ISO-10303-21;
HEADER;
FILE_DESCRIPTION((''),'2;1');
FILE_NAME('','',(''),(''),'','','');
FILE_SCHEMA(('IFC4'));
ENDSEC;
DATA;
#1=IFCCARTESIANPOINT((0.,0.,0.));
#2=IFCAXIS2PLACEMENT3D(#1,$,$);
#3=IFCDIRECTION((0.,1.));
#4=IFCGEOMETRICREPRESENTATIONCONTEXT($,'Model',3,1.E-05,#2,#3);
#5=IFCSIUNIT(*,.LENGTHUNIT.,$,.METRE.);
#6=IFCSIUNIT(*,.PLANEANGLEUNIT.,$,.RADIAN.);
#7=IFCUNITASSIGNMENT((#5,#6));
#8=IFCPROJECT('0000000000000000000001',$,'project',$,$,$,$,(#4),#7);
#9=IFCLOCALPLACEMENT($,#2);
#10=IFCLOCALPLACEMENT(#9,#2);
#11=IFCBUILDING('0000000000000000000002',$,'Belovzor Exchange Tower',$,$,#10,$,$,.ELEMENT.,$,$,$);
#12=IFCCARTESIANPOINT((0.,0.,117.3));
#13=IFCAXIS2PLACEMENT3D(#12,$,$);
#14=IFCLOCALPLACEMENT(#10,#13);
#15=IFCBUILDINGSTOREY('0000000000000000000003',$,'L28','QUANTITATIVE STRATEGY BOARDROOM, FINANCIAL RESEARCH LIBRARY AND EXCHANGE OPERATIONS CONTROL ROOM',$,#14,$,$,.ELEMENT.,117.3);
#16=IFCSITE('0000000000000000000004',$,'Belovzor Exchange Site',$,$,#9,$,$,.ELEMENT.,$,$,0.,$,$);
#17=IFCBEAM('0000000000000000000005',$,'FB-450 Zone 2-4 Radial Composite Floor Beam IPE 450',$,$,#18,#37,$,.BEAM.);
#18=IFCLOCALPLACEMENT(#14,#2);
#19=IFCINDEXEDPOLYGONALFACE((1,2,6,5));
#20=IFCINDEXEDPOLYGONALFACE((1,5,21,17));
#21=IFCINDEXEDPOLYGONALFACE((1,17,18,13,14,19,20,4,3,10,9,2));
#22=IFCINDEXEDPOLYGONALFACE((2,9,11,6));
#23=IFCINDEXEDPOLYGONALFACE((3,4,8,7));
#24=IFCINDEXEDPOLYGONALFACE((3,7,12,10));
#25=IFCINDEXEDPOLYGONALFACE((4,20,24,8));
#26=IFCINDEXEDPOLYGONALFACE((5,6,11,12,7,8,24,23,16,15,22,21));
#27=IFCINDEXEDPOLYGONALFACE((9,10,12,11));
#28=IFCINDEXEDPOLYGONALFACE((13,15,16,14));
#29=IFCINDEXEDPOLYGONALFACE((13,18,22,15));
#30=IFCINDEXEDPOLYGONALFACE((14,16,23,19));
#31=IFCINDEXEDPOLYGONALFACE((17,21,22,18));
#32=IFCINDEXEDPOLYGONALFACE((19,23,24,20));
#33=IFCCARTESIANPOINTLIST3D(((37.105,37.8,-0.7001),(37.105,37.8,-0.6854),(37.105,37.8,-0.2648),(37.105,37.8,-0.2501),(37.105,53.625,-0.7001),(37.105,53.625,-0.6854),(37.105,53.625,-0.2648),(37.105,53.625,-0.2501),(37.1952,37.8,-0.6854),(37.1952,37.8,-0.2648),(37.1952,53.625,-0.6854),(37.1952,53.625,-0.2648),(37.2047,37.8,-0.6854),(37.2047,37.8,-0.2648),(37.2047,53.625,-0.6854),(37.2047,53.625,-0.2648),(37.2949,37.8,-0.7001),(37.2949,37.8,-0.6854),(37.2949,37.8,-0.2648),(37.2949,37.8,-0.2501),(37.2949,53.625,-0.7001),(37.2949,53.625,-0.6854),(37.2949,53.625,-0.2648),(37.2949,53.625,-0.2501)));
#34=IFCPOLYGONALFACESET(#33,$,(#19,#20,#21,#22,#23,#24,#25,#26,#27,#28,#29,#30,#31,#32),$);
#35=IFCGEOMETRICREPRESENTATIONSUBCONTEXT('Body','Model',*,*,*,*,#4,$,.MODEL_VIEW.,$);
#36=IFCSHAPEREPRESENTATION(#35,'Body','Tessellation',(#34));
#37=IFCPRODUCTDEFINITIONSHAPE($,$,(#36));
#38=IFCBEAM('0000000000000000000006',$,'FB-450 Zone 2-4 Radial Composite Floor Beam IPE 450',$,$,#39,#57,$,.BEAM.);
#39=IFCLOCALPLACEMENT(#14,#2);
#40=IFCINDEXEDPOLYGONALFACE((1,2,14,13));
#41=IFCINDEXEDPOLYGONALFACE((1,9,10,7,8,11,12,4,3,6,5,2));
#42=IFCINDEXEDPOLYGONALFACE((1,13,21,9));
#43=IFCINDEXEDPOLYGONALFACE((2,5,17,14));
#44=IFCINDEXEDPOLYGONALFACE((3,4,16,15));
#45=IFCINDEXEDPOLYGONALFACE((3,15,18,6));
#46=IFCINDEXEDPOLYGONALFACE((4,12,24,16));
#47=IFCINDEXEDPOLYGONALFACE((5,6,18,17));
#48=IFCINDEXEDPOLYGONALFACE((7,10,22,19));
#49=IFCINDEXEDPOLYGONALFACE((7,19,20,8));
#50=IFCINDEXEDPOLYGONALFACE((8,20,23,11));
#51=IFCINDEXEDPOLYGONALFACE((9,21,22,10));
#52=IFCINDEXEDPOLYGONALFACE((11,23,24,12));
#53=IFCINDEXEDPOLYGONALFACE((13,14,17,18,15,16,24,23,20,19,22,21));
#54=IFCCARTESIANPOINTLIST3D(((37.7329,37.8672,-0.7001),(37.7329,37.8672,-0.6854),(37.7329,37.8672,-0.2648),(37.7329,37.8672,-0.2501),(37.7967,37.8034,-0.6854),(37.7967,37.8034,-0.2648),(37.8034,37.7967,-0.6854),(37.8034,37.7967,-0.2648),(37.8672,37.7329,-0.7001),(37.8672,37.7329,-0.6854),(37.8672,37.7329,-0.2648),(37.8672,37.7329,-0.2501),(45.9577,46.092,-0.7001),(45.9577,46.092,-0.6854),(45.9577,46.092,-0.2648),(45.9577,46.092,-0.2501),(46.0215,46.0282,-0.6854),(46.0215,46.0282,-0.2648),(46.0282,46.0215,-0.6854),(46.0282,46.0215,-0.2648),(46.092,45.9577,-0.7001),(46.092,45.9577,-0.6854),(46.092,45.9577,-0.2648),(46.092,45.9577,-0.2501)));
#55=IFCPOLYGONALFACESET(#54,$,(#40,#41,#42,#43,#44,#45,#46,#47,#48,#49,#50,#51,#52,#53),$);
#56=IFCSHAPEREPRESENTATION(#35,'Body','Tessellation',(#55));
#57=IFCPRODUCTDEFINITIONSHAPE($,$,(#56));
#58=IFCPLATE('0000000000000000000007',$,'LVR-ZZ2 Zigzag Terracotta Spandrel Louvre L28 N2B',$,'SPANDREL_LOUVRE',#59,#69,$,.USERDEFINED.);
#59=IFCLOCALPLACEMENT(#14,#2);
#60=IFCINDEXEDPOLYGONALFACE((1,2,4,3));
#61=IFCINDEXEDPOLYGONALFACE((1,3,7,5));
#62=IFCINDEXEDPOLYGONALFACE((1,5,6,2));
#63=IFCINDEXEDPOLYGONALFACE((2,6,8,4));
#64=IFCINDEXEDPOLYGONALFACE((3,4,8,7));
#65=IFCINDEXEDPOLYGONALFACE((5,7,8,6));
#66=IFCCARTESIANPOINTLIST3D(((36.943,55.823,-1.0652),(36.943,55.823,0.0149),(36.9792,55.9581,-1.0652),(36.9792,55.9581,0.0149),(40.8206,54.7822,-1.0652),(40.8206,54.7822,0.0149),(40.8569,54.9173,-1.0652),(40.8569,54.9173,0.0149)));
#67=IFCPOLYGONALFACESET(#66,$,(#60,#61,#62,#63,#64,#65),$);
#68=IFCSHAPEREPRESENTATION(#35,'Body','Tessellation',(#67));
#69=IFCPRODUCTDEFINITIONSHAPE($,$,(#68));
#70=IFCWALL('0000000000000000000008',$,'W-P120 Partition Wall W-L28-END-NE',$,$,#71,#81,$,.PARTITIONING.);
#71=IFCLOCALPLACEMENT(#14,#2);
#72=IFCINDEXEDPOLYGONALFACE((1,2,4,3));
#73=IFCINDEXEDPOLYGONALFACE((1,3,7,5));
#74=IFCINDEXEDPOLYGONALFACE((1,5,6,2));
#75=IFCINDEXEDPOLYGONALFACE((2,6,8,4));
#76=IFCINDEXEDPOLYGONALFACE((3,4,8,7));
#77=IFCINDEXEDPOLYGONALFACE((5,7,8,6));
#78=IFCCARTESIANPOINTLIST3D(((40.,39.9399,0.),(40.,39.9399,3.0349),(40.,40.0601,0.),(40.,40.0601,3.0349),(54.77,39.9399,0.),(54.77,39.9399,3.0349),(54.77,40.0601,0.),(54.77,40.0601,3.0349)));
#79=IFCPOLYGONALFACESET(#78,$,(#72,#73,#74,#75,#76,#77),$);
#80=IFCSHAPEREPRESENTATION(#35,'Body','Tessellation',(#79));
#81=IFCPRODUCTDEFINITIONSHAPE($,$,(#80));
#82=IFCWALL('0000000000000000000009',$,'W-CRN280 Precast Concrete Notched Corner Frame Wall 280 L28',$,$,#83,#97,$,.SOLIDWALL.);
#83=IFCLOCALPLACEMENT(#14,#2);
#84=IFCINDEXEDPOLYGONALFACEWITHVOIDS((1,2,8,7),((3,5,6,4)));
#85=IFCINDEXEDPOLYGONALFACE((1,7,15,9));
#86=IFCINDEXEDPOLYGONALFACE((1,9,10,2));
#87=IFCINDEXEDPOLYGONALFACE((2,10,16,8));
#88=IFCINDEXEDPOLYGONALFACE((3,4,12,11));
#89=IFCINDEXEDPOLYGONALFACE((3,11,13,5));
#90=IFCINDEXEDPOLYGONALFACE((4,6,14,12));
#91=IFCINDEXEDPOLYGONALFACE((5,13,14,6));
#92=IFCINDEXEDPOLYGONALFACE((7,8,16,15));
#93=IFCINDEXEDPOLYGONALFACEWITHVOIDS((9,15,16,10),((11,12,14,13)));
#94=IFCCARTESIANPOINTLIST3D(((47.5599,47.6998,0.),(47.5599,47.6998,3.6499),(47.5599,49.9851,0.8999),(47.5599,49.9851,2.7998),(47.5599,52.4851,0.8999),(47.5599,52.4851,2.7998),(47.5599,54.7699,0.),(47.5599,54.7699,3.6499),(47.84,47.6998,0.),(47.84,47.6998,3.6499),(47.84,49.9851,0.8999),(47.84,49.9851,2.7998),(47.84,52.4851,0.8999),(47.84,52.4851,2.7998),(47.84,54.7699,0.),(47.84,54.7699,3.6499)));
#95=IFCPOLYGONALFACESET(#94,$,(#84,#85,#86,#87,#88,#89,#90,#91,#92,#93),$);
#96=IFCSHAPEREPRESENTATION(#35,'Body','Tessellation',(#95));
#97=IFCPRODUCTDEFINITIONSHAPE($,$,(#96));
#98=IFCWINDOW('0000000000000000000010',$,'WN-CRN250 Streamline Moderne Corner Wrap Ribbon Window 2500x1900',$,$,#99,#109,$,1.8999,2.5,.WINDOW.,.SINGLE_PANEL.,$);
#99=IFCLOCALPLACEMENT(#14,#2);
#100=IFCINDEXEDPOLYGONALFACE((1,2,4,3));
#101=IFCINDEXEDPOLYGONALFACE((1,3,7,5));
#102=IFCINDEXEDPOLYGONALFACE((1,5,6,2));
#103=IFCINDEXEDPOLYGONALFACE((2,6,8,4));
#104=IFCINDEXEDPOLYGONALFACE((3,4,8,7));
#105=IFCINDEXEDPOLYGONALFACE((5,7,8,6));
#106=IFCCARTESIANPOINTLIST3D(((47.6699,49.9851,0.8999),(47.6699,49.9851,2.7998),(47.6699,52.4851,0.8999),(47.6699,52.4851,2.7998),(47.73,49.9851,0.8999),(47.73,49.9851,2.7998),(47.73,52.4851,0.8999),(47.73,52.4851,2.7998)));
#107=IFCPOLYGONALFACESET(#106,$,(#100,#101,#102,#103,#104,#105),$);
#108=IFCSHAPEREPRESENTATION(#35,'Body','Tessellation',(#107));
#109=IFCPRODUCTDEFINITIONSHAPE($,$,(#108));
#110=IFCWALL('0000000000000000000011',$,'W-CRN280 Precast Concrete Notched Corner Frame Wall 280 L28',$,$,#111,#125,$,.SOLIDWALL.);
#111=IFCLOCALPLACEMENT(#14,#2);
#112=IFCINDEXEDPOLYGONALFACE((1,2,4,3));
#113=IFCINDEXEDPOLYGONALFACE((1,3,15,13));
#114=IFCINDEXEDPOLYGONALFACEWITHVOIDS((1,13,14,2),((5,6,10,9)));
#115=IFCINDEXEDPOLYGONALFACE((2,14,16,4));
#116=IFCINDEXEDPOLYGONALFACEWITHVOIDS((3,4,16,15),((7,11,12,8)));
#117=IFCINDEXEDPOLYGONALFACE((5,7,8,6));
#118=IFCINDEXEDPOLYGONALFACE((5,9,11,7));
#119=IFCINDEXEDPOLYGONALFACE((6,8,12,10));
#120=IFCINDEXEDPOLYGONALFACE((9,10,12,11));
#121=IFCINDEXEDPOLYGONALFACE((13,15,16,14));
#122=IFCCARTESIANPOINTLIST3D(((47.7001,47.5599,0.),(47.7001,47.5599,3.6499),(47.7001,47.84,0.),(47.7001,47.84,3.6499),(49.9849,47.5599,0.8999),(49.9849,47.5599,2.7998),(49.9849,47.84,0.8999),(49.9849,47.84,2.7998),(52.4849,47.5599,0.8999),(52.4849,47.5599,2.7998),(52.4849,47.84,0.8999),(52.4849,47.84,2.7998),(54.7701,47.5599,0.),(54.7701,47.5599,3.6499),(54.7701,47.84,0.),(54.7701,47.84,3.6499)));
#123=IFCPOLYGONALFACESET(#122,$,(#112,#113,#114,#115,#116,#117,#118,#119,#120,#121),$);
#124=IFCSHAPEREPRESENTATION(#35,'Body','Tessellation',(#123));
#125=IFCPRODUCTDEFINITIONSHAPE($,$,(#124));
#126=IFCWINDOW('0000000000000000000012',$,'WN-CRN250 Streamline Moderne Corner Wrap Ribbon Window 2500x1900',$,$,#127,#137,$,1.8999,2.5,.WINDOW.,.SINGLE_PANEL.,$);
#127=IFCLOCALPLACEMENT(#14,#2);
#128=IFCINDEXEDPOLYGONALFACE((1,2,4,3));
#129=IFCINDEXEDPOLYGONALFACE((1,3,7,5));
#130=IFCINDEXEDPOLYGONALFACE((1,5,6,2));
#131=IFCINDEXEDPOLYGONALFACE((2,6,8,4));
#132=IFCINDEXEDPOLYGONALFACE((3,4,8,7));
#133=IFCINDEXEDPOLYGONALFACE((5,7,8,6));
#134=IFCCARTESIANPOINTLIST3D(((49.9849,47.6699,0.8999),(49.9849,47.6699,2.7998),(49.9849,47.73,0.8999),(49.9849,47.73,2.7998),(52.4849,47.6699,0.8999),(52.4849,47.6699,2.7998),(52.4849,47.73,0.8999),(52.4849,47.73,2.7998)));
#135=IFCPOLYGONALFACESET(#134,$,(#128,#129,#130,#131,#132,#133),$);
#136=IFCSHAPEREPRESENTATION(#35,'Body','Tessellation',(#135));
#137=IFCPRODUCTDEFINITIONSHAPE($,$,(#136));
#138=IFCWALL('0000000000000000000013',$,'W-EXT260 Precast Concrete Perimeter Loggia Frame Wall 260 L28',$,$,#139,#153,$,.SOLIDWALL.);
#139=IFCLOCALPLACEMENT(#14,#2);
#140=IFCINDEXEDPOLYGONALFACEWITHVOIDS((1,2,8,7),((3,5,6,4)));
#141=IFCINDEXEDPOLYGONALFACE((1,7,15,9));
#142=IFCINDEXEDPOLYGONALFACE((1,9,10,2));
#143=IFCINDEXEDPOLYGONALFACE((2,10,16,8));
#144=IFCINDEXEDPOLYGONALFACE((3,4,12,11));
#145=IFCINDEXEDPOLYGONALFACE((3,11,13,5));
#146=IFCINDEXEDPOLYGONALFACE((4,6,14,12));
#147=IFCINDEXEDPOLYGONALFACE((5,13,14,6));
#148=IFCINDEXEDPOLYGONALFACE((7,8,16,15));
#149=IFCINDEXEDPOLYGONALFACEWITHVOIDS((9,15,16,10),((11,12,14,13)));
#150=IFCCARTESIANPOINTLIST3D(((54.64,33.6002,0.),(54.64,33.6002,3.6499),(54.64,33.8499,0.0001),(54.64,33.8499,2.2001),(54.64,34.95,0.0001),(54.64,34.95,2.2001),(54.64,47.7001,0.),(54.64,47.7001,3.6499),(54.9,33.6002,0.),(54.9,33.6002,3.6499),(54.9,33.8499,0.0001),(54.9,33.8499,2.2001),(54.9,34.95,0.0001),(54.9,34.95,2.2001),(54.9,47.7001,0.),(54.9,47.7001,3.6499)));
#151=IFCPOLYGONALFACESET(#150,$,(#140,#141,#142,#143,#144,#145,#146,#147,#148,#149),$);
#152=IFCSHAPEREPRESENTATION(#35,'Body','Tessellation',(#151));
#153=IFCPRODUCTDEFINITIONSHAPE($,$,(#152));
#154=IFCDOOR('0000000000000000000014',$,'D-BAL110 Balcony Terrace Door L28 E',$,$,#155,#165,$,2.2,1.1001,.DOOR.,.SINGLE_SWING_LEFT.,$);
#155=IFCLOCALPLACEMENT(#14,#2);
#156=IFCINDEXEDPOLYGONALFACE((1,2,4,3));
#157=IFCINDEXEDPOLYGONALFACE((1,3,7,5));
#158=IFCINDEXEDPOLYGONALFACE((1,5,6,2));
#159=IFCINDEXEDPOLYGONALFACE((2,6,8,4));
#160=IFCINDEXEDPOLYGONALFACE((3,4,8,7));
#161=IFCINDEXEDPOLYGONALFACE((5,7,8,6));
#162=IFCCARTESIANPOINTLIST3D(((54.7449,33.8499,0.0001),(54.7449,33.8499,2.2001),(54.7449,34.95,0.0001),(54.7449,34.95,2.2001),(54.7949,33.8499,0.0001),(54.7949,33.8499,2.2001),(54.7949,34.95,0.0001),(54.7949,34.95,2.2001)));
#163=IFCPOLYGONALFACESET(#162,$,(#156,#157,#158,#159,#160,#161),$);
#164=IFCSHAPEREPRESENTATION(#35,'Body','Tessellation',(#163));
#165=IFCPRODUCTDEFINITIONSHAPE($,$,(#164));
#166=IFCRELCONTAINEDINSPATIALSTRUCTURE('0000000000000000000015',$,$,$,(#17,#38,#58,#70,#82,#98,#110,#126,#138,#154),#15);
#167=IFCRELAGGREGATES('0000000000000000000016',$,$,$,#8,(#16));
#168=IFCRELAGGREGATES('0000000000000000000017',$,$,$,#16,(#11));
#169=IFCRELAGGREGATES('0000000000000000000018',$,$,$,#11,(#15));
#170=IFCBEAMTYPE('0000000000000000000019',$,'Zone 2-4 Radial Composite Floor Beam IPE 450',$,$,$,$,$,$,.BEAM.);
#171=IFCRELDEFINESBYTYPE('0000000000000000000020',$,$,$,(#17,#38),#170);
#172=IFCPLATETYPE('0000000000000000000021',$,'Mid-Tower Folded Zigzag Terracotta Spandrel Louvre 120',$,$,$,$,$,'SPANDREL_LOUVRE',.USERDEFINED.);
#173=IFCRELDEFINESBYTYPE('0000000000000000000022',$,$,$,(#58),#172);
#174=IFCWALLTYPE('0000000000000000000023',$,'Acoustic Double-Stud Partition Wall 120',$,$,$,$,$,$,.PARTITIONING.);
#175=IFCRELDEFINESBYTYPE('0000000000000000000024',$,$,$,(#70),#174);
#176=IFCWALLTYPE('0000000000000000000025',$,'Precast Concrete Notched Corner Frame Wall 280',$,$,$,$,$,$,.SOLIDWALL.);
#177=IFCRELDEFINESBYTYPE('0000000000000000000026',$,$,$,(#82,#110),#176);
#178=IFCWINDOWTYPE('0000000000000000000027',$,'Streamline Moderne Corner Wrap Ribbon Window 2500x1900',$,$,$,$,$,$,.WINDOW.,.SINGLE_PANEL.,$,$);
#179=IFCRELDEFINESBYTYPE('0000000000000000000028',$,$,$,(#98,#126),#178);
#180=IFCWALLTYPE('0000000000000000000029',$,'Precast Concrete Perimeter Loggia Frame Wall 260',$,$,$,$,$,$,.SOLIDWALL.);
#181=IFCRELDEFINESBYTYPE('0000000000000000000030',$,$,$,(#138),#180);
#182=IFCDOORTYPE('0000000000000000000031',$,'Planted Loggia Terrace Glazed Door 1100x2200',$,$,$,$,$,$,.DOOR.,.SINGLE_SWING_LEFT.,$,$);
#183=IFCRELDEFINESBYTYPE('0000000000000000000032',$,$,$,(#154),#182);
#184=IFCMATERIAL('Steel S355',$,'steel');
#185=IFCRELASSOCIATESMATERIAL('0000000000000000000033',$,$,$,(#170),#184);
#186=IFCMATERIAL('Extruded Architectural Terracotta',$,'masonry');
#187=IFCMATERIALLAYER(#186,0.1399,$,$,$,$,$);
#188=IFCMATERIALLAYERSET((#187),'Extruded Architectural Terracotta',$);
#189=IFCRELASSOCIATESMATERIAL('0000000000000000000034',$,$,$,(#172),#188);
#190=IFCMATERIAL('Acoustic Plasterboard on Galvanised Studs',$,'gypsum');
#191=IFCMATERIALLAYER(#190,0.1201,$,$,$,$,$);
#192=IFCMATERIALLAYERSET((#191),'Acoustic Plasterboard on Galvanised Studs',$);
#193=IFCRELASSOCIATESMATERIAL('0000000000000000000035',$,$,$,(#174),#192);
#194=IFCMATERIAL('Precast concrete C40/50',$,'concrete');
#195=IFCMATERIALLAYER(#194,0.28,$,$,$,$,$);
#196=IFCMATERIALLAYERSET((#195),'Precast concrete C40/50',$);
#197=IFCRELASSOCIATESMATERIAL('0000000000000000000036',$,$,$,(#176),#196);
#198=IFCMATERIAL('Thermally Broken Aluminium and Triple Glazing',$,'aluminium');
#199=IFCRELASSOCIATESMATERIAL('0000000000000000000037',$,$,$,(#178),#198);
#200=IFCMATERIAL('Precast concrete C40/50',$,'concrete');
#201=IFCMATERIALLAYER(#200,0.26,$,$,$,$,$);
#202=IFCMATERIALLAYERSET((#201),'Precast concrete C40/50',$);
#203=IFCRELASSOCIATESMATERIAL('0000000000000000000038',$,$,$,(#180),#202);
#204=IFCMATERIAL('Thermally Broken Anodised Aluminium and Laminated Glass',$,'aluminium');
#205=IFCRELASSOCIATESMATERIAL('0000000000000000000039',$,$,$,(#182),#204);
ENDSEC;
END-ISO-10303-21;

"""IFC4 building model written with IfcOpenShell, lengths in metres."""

from ifc_helpers import new_model, si_unit, direction, frame, frame_2d, origin, origin_2d, place, context, subcontext, project, spatial, rectangle, i_section, extrude, material, layer, layer_set, material_profile, profile_set, type_object, element, fill, save


model = new_model("IFC4")

# Units and contexts
model_context = context("Model", 3, precision=1e-05, world=origin(), true_north=direction((0.0, 1.0)))
body_context = subcontext(model_context, "Body", "Model", "MODEL_VIEW")
ifc_project = project(units=[si_unit("LENGTHUNIT", "METRE"), si_unit("PLANEANGLEUNIT", "RADIAN")], contexts=[model_context])

# Site, building, storey
site_placement = place(None, origin())
site = spatial("IfcSite", under=ifc_project, at=site_placement, Name="Belovzor Exchange Site", CompositionType="ELEMENT", RefElevation=0.0)
building_placement = place(site_placement, origin())
building = spatial("IfcBuilding", under=site, at=building_placement, Name="Belovzor Exchange Tower", CompositionType="ELEMENT")
storey_placement = place(building_placement, frame((0.0, 0.0, 117.3)))
storey = spatial("IfcBuildingStorey", under=building, at=storey_placement, Name="L28", Description="QUANTITATIVE STRATEGY BOARDROOM, FINANCIAL RESEARCH LIBRARY AND EXCHANGE OPERATIONS CONTROL ROOM", CompositionType="ELEMENT", Elevation=117.3)

# Beams
ifc_material_1 = material(Name="Steel S355", Category="steel")
ifc_material_profile_1 = material_profile(ifc_material_1, i_section(OverallWidth=0.1899, OverallDepth=0.45, WebThickness=0.0095, FlangeThickness=0.0146, at=origin_2d()))
ifc_profile_set_1 = profile_set([ifc_material_profile_1], Name="Steel S355")
beam_type_1 = type_object("IfcBeamType", Name="Zone 2-4 Radial Composite Floor Beam IPE 450", PredefinedType="BEAM", material=ifc_profile_set_1)
beam_1_placement = place(storey_placement, frame((37.2, 37.8, -0.4751), z_axis=(0.0, 1.0, 0.0), x_axis=(-1.0, 0.0, 0.0)))
element("IfcBeam", 1, at=beam_1_placement, inside=storey, type_object=beam_type_1, Name="FB-450 Zone 2-4 Radial Composite Floor Beam IPE 450", PredefinedType="BEAM", context=body_context, shape_type="SweptSolid", body=[
    extrude(i_section(OverallWidth=0.1899, OverallDepth=0.45, WebThickness=0.0095, FlangeThickness=0.0146, at=origin_2d()), origin(), (0.0, 0.0, 1.0), 15.825),
])
beam_2_placement = place(storey_placement, frame((37.8, 37.8, -0.4751), z_axis=(0.707107, 0.707107, 0.0), x_axis=(-0.707107, 0.707107, 0.0)))
element("IfcBeam", 2, at=beam_2_placement, inside=storey, type_object=beam_type_1, Name="FB-450 Zone 2-4 Radial Composite Floor Beam IPE 450", PredefinedType="BEAM", context=body_context, shape_type="SweptSolid", body=[
    extrude(i_section(OverallWidth=0.1899, OverallDepth=0.45, WebThickness=0.0095, FlangeThickness=0.0146, at=origin_2d()), origin(), (0.0, 0.0, 1.0), 11.6316),
])

# Plate
ifc_material_2 = material(Name="Extruded Architectural Terracotta", Category="masonry")
ifc_layer_1 = layer(ifc_material_2, 0.1399)
ifc_layer_set_1 = layer_set([ifc_layer_1], Name="Extruded Architectural Terracotta")
plate_type = type_object("IfcPlateType", Name="Mid-Tower Folded Zigzag Terracotta Spandrel Louvre 120", ElementType="SPANDREL_LOUVRE", PredefinedType="USERDEFINED", material=ifc_layer_set_1)
plate_placement = place(storey_placement, frame((38.8999, 55.3701, -1.0652), z_axis=(0.0, 0.0, 1.0), x_axis=(0.965813, -0.25924, 0.0)))
element("IfcPlate", 3, at=plate_placement, inside=storey, type_object=plate_type, Name="LVR-ZZ2 Zigzag Terracotta Spandrel Louvre L28 N2B", ObjectType="SPANDREL_LOUVRE", PredefinedType="USERDEFINED", context=body_context, shape_type="SweptSolid", body=[
    extrude(rectangle(XDim=4.0149, YDim=0.1399, at=origin_2d()), origin(), (0.0, 0.0, 1.0), 1.0801),
])

# Wall
ifc_material_3 = material(Name="Acoustic Plasterboard on Galvanised Studs", Category="gypsum")
ifc_layer_2 = layer(ifc_material_3, 0.1201)
ifc_layer_set_2 = layer_set([ifc_layer_2], Name="Acoustic Plasterboard on Galvanised Studs")
wall_type_1 = type_object("IfcWallType", Name="Acoustic Double-Stud Partition Wall 120", PredefinedType="PARTITIONING", material=ifc_layer_set_2)
wall_1_placement = place(storey_placement, frame((40.0, 40.0, 0.0), z_axis=(0.0, 0.0, 1.0), x_axis=(1.0, 0.0, 0.0)))
element("IfcWall", 4, at=wall_1_placement, inside=storey, type_object=wall_type_1, Name="W-P120 Partition Wall W-L28-END-NE", PredefinedType="PARTITIONING", context=body_context, shape_type="SweptSolid", body=[
    extrude(rectangle(XDim=14.77, YDim=0.1201, at=frame_2d((7.385, 0.0))), origin(), (0.0, 0.0, 1.0), 3.0349),
])

# Walls, openings, windows
ifc_material_4 = material(Name="Precast concrete C40/50", Category="concrete")
ifc_layer_3 = layer(ifc_material_4, 0.28)
ifc_layer_set_3 = layer_set([ifc_layer_3], Name="Precast concrete C40/50")
wall_type_2 = type_object("IfcWallType", Name="Precast Concrete Notched Corner Frame Wall 280", PredefinedType="SOLIDWALL", material=ifc_layer_set_3)
wall_2_placement = place(storey_placement, frame((47.7, 54.77, 0.0), z_axis=(0.0, 0.0, 1.0), x_axis=(0.0, -1.0, 0.0)))
wall_2 = element("IfcWall", 5, at=wall_2_placement, inside=storey, type_object=wall_type_2, Name="W-CRN280 Precast Concrete Notched Corner Frame Wall 280 L28", PredefinedType="SOLIDWALL", context=body_context, shape_type="SweptSolid", body=[
    extrude(rectangle(XDim=7.0701, YDim=0.28, at=frame_2d((3.5352, 0.0))), origin(), (0.0, 0.0, 1.0), 3.6499),
])
opening_1_placement = place(wall_2_placement, frame((2.2849, 0.0, 0.8999)))
opening_1 = element("IfcOpeningElement", 6, at=opening_1_placement, cuts=wall_2, PredefinedType="OPENING", context=body_context, shape_type="SweptSolid", body=[
    extrude(rectangle(XDim=2.5, YDim=1.8999, at=frame_2d((1.25, 0.95))), frame((0.0, 0.1499, 0.0), z_axis=(0.0, -1.0, 0.0), x_axis=(1.0, 0.0, 0.0)), (0.0, 0.0, 1.0), 0.3),
])
ifc_material_5 = material(Name="Thermally Broken Aluminium and Triple Glazing", Category="aluminium")
window_type = type_object("IfcWindowType", Name="Streamline Moderne Corner Wrap Ribbon Window 2500x1900", PartitioningType="SINGLE_PANEL", PredefinedType="WINDOW", material=ifc_material_5)
window_1_placement = place(opening_1_placement, origin())
window_1 = element("IfcWindow", 7, at=window_1_placement, inside=storey, type_object=window_type, Name="WN-CRN250 Streamline Moderne Corner Wrap Ribbon Window 2500x1900", OverallHeight=1.8999, OverallWidth=2.5, PartitioningType="SINGLE_PANEL", PredefinedType="WINDOW", context=body_context, shape_type="SweptSolid", body=[
    extrude(rectangle(XDim=2.5, YDim=1.8999, at=frame_2d((1.25, 0.95))), frame((0.0, 0.03, 0.0), z_axis=(0.0, -1.0, 0.0), x_axis=(1.0, 0.0, 0.0)), (0.0, 0.0, 1.0), 0.0601),
])
fill(opening_1, window_1)
wall_3_placement = place(storey_placement, frame((47.7, 47.7, 0.0), z_axis=(0.0, 0.0, 1.0), x_axis=(1.0, 0.0, 0.0)))
wall_3 = element("IfcWall", 8, at=wall_3_placement, inside=storey, type_object=wall_type_2, Name="W-CRN280 Precast Concrete Notched Corner Frame Wall 280 L28", PredefinedType="SOLIDWALL", context=body_context, shape_type="SweptSolid", body=[
    extrude(rectangle(XDim=7.0701, YDim=0.28, at=frame_2d((3.5352, 0.0))), origin(), (0.0, 0.0, 1.0), 3.6499),
])
opening_2_placement = place(wall_3_placement, frame((2.2849, 0.0, 0.8999)))
opening_2 = element("IfcOpeningElement", 9, at=opening_2_placement, cuts=wall_3, PredefinedType="OPENING", context=body_context, shape_type="SweptSolid", body=[
    extrude(rectangle(XDim=2.5, YDim=1.8999, at=frame_2d((1.25, 0.95))), frame((0.0, 0.1499, 0.0), z_axis=(0.0, -1.0, 0.0), x_axis=(1.0, 0.0, 0.0)), (0.0, 0.0, 1.0), 0.3),
])
window_2_placement = place(opening_2_placement, origin())
window_2 = element("IfcWindow", 10, at=window_2_placement, inside=storey, type_object=window_type, Name="WN-CRN250 Streamline Moderne Corner Wrap Ribbon Window 2500x1900", OverallHeight=1.8999, OverallWidth=2.5, PartitioningType="SINGLE_PANEL", PredefinedType="WINDOW", context=body_context, shape_type="SweptSolid", body=[
    extrude(rectangle(XDim=2.5, YDim=1.8999, at=frame_2d((1.25, 0.95))), frame((0.0, 0.03, 0.0), z_axis=(0.0, -1.0, 0.0), x_axis=(1.0, 0.0, 0.0)), (0.0, 0.0, 1.0), 0.0601),
])
fill(opening_2, window_2)

# Wall, opening, door
ifc_material_6 = material(Name="Precast concrete C40/50", Category="concrete")
ifc_layer_4 = layer(ifc_material_6, 0.26)
ifc_layer_set_4 = layer_set([ifc_layer_4], Name="Precast concrete C40/50")
wall_type_3 = type_object("IfcWallType", Name="Precast Concrete Perimeter Loggia Frame Wall 260", PredefinedType="SOLIDWALL", material=ifc_layer_set_4)
wall_4_placement = place(storey_placement, frame((54.77, 47.7, 0.0), z_axis=(0.0, 0.0, 1.0), x_axis=(0.0, -1.0, 0.0)))
wall_4 = element("IfcWall", 11, at=wall_4_placement, inside=storey, type_object=wall_type_3, Name="W-EXT260 Precast Concrete Perimeter Loggia Frame Wall 260 L28", PredefinedType="SOLIDWALL", context=body_context, shape_type="SweptSolid", body=[
    extrude(rectangle(XDim=14.0999, YDim=0.26, at=frame_2d((7.0498, 0.0))), origin(), (0.0, 0.0, 1.0), 3.6499),
])
opening_3_placement = place(wall_4_placement, frame((12.75, 0.0, 0.0)))
opening_3 = element("IfcOpeningElement", 12, at=opening_3_placement, cuts=wall_4, PredefinedType="OPENING", context=body_context, shape_type="SweptSolid", body=[
    extrude(rectangle(XDim=1.1001, YDim=2.2, at=frame_2d((0.55, 1.1001))), frame((0.0, 0.1399, 0.0), z_axis=(0.0, -1.0, 0.0), x_axis=(1.0, 0.0, 0.0)), (0.0, 0.0, 1.0), 0.28),
])
ifc_material_7 = material(Name="Thermally Broken Anodised Aluminium and Laminated Glass", Category="aluminium")
door_type = type_object("IfcDoorType", Name="Planted Loggia Terrace Glazed Door 1100x2200", OperationType="SINGLE_SWING_LEFT", PredefinedType="DOOR", material=ifc_material_7)
door_placement = place(opening_3_placement, origin())
door = element("IfcDoor", 13, at=door_placement, inside=storey, type_object=door_type, Name="D-BAL110 Balcony Terrace Door L28 E", OperationType="SINGLE_SWING_LEFT", OverallHeight=2.2, OverallWidth=1.1001, PredefinedType="DOOR", context=body_context, shape_type="SweptSolid", body=[
    extrude(rectangle(XDim=1.1001, YDim=2.2, at=frame_2d((0.55, 1.1001))), frame((0.0, 0.0249, 0.0), z_axis=(0.0, -1.0, 0.0), x_axis=(1.0, 0.0, 0.0)), (0.0, 0.0, 1.0), 0.05),
])
fill(opening_3, door)

save(model, "model.ifc")
